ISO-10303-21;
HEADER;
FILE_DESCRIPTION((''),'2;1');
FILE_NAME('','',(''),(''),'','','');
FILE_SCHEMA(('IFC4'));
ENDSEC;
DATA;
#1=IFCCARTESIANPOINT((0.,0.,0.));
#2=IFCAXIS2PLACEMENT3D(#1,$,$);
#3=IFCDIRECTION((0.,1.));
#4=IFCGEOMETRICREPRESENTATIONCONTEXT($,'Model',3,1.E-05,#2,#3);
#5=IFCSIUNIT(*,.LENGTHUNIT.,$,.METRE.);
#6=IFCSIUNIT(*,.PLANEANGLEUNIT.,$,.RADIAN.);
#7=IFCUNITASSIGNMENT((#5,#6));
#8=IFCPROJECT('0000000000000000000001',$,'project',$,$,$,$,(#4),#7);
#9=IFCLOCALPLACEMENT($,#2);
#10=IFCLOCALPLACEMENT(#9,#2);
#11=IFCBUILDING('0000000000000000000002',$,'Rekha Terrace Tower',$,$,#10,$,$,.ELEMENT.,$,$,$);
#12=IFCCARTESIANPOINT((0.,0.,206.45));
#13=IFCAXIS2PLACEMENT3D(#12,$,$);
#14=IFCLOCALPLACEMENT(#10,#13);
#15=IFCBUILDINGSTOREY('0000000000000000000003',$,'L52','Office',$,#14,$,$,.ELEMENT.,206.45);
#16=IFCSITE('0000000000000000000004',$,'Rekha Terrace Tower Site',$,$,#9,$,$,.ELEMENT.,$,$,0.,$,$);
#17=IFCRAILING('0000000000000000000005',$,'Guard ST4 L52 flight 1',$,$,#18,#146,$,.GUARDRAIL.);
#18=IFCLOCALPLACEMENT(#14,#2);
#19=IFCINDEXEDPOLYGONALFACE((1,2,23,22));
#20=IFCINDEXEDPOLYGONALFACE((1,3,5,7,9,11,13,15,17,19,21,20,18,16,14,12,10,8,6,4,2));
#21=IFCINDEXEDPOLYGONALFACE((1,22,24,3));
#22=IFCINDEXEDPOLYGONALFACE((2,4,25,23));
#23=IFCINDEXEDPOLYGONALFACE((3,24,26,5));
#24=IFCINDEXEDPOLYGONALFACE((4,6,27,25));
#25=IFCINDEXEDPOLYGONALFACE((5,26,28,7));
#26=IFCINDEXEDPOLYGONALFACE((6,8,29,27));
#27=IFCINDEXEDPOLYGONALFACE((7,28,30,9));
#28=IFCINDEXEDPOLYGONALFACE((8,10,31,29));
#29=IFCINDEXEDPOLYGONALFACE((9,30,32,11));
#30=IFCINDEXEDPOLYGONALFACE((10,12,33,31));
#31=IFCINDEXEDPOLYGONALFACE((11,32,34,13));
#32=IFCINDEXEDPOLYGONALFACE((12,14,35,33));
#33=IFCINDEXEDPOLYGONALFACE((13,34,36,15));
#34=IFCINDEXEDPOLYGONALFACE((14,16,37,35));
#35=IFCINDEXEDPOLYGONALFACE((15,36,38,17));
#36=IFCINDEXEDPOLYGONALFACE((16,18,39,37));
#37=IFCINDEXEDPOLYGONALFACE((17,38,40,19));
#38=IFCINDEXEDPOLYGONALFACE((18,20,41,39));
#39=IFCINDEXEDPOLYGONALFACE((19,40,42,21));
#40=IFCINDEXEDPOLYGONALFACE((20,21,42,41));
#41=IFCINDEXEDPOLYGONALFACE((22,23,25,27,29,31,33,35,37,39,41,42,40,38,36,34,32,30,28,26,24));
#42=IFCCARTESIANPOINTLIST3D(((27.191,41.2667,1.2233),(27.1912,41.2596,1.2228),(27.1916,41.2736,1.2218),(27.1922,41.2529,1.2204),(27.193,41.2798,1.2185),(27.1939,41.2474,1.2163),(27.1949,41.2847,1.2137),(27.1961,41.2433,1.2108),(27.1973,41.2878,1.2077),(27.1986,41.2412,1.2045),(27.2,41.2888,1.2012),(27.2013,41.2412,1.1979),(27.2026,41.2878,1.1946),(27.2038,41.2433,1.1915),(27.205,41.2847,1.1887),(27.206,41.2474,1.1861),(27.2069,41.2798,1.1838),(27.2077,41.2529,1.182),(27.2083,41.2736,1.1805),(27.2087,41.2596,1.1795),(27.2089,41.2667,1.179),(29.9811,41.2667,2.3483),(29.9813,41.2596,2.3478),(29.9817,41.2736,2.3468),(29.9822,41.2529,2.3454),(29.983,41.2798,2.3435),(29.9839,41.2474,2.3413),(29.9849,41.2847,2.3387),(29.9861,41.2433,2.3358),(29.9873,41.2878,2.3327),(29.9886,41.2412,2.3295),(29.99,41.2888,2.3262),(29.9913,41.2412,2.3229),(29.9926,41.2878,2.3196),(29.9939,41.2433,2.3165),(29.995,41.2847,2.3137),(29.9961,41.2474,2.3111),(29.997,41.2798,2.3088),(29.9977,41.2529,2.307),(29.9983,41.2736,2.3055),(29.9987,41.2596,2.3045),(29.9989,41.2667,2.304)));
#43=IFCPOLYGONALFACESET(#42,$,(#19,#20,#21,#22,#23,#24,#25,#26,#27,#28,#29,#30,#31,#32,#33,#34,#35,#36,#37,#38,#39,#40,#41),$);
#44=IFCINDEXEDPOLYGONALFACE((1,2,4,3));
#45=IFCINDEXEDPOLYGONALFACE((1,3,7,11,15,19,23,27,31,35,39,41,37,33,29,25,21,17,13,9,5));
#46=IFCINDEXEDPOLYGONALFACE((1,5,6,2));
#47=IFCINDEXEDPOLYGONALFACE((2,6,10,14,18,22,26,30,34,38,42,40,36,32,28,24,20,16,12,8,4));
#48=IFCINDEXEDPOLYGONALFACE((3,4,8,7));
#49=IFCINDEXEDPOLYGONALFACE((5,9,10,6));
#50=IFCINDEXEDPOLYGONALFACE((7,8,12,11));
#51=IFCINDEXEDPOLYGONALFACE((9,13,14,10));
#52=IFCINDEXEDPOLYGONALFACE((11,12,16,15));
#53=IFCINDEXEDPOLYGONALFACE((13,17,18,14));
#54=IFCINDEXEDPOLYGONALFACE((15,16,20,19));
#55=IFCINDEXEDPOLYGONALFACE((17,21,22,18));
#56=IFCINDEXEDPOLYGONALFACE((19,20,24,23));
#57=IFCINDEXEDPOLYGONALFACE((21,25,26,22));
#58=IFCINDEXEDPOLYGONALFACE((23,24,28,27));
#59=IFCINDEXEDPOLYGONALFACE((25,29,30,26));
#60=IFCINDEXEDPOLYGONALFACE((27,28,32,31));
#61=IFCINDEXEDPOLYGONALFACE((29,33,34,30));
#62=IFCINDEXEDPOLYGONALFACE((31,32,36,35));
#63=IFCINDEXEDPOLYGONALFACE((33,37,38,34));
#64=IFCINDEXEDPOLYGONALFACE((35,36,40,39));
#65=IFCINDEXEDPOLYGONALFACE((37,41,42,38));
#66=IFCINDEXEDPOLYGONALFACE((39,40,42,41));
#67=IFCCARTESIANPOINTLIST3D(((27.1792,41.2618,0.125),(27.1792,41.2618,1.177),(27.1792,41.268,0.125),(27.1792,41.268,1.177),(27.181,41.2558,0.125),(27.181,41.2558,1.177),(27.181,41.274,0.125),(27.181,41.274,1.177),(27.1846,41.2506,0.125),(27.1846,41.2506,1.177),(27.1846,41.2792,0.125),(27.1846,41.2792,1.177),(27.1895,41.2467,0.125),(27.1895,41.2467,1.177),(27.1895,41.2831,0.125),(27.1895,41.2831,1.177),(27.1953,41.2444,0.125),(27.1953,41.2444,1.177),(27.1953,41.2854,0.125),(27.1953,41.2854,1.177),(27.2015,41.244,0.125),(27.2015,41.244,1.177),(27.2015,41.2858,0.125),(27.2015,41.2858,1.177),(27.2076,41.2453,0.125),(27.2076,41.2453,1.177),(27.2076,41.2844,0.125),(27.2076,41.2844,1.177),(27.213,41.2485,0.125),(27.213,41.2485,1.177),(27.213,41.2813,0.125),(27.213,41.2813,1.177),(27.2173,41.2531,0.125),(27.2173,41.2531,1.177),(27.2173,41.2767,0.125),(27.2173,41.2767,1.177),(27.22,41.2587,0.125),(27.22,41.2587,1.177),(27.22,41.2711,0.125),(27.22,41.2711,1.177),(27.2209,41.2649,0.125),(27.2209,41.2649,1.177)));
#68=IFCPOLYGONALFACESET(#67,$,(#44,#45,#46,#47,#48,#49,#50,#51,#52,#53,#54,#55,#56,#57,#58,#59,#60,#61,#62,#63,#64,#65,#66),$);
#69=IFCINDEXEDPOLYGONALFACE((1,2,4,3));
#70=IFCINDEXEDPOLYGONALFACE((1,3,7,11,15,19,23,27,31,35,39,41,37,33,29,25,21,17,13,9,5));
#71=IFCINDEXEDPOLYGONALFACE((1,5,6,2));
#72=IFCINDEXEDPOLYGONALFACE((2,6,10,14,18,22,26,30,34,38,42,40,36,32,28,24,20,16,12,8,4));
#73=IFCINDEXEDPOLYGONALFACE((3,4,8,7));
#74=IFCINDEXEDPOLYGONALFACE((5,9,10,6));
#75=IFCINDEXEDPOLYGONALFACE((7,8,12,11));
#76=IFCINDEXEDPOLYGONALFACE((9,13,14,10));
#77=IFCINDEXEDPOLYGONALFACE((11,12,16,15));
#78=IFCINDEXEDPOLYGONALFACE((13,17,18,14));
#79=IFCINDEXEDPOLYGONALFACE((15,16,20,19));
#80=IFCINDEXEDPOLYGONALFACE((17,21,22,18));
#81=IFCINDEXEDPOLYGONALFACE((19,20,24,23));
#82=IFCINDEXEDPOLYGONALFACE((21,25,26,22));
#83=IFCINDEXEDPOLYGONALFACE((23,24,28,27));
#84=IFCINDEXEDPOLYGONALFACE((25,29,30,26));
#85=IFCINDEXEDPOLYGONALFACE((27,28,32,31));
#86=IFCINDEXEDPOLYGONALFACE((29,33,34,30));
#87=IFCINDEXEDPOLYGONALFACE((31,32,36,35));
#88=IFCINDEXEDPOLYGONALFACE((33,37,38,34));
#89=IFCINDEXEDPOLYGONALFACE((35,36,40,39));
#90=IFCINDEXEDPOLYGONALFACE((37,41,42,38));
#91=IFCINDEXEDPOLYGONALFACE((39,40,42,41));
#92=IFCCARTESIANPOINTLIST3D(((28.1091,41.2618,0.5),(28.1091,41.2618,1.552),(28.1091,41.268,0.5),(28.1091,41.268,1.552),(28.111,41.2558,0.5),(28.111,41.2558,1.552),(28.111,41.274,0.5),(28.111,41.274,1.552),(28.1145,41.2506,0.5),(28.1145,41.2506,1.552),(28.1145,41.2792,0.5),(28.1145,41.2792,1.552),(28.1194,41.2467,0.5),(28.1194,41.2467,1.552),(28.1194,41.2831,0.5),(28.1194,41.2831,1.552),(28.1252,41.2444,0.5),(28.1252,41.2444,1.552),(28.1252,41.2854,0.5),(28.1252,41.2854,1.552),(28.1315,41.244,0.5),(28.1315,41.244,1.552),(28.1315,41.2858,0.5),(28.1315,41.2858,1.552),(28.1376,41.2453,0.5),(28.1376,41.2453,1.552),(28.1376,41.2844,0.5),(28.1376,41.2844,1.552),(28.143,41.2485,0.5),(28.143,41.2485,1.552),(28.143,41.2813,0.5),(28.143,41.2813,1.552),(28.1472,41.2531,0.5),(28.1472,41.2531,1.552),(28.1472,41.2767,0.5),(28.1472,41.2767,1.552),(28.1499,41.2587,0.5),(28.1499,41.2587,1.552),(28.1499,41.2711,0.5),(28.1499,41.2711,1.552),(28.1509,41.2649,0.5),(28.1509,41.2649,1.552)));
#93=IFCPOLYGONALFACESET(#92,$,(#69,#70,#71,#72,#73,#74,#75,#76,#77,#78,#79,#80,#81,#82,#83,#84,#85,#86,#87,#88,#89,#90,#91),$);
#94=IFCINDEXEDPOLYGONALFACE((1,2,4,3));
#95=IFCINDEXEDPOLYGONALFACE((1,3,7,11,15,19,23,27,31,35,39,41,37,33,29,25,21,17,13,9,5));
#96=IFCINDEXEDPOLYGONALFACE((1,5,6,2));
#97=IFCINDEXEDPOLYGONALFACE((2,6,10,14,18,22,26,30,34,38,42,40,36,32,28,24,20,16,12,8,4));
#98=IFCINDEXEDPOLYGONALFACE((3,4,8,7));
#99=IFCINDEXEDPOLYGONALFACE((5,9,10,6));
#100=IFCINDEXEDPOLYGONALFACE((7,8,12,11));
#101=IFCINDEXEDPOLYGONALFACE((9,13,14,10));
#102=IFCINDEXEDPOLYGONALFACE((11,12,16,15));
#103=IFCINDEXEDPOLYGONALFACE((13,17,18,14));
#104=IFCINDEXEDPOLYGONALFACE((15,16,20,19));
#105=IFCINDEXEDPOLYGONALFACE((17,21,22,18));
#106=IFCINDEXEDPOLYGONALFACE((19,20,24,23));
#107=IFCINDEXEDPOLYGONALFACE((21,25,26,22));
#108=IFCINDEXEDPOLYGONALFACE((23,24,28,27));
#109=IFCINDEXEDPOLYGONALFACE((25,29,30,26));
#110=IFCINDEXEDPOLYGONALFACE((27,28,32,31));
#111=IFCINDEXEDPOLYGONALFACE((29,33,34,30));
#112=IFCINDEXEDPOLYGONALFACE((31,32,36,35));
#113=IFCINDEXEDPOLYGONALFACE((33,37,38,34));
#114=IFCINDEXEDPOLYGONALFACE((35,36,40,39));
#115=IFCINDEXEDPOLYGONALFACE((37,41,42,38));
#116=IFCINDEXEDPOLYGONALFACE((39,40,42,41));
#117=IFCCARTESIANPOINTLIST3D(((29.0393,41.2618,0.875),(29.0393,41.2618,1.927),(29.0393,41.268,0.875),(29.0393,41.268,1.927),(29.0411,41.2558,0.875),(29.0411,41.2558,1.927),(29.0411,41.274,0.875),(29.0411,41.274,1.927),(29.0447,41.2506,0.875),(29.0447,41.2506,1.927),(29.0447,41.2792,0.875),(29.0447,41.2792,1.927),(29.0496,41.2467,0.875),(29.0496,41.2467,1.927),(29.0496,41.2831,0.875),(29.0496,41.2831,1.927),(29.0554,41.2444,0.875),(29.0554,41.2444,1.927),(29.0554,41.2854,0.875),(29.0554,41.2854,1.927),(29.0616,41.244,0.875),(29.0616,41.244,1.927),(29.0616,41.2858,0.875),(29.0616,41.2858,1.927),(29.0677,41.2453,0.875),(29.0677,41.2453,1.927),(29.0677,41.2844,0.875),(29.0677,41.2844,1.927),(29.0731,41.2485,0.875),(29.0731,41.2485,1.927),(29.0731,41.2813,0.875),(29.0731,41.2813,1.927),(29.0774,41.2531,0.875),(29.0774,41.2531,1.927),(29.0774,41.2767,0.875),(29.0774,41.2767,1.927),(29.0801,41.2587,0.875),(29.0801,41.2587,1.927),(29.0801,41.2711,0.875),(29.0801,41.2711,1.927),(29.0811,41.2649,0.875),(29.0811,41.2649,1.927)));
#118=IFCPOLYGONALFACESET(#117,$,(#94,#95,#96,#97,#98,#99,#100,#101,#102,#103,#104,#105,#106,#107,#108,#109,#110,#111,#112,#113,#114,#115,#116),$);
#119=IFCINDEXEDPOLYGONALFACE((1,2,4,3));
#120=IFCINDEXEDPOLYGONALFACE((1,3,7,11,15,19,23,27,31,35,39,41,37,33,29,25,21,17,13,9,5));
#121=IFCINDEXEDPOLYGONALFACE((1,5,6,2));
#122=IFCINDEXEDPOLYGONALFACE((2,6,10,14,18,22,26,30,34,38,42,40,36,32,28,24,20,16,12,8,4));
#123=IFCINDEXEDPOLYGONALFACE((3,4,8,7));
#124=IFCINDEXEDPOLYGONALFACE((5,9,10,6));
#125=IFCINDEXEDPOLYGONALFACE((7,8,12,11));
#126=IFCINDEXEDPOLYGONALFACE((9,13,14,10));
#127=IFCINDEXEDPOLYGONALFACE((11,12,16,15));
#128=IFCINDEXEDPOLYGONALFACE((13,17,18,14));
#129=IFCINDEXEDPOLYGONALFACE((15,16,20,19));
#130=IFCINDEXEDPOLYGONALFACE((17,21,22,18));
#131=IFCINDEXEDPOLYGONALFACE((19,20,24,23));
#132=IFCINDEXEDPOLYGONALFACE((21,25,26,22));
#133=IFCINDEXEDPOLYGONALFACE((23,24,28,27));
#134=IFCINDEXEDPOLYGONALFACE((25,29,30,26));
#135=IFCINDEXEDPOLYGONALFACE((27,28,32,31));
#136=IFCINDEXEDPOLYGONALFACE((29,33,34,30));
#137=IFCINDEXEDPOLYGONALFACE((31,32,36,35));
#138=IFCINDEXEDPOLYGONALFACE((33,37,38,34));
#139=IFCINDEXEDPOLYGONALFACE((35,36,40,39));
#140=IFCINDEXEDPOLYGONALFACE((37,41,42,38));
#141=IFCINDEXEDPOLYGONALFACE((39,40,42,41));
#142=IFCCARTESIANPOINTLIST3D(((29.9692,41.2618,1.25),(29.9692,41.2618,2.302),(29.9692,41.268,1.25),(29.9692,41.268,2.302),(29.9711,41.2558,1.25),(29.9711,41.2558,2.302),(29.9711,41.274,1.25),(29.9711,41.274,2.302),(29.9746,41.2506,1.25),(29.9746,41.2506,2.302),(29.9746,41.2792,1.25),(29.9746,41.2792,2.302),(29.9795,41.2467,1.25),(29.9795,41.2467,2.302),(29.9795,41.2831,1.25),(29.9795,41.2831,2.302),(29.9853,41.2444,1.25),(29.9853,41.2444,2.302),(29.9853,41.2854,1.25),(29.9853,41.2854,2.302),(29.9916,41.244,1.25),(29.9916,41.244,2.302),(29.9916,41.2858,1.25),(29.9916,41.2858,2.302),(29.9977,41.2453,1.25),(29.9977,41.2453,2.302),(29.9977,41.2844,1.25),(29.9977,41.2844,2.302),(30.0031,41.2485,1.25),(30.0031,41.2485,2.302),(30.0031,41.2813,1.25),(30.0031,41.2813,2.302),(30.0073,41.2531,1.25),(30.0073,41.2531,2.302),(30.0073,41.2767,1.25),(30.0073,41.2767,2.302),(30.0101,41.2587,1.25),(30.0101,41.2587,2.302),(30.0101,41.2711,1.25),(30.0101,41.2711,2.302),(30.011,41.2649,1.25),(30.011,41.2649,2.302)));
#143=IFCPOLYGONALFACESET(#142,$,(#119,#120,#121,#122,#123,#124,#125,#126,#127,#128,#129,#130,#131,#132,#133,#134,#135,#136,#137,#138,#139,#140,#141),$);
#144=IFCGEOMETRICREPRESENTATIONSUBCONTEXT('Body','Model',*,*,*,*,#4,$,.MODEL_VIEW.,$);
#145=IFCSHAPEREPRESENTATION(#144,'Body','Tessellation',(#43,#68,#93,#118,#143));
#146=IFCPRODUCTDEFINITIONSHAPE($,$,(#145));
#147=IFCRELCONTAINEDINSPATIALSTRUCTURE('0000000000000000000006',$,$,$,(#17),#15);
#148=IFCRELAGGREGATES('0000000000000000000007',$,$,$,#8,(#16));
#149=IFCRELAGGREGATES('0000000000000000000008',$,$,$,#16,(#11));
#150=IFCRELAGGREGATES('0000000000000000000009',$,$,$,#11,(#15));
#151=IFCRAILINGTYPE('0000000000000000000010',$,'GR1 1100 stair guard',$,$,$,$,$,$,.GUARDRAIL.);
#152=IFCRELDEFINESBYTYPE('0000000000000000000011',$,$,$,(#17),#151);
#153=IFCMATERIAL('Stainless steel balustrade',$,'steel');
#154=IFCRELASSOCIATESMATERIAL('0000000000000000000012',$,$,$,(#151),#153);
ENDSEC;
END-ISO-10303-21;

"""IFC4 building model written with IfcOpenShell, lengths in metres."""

from ifc_helpers import new_model, si_unit, direction, frame, origin, origin_2d, place, context, subcontext, project, spatial, circle, extrude, material, type_object, element, save


model = new_model("IFC4")

# Units and contexts
model_context = context("Model", 3, precision=1e-05, world=origin(), true_north=direction((0.0, 1.0)))
body_context = subcontext(model_context, "Body", "Model", "MODEL_VIEW")
ifc_project = project(units=[si_unit("LENGTHUNIT", "METRE"), si_unit("PLANEANGLEUNIT", "RADIAN")], contexts=[model_context])

# Site, building, storey
site_placement = place(None, origin())
site = spatial("IfcSite", under=ifc_project, at=site_placement, Name="Rekha Terrace Tower Site", CompositionType="ELEMENT", RefElevation=0.0)
building_placement = place(site_placement, origin())
building = spatial("IfcBuilding", under=site, at=building_placement, Name="Rekha Terrace Tower", CompositionType="ELEMENT")
storey_placement = place(building_placement, frame((0.0, 0.0, 206.45)))
storey = spatial("IfcBuildingStorey", under=building, at=storey_placement, Name="L52", Description="Office", CompositionType="ELEMENT", Elevation=206.45)

# Railing
ifc_material_1 = material(Name="Stainless steel balustrade", Category="steel")
railing_type_1 = type_object("IfcRailingType", Name="GR1 1100 stair guard", PredefinedType="GUARDRAIL", material=ifc_material_1)
railing_1_placement = place(storey_placement, frame((27.2, 41.2649, 0.125)))
element("IfcRailing", 1, at=railing_1_placement, inside=storey, type_object=railing_type_1, Name="Guard ST4 L52 flight 1", PredefinedType="GUARDRAIL", context=body_context, shape_type="SweptSolid", body=[
    extrude(circle(Radius=0.0239, at=origin_2d()), frame((0.0, 0.0, 1.0762), z_axis=(0.927443, 0.0, 0.373964), x_axis=(0.0, 1.0, 0.0)), (0.0, 0.0, 1.0), 3.0083),
    extrude(circle(Radius=0.021, at=origin_2d()), origin(), (0.0, 0.0, 1.0), 1.052),
    extrude(circle(Radius=0.021, at=origin_2d()), frame((0.9299, 0.0, 0.375)), (0.0, 0.0, 1.0), 1.052),
    extrude(circle(Radius=0.021, at=origin_2d()), frame((1.8601, 0.0, 0.75)), (0.0, 0.0, 1.0), 1.052),
    extrude(circle(Radius=0.021, at=origin_2d()), frame((2.79, 0.0, 1.125)), (0.0, 0.0, 1.0), 1.052),
])

save(model, "model.ifc")
